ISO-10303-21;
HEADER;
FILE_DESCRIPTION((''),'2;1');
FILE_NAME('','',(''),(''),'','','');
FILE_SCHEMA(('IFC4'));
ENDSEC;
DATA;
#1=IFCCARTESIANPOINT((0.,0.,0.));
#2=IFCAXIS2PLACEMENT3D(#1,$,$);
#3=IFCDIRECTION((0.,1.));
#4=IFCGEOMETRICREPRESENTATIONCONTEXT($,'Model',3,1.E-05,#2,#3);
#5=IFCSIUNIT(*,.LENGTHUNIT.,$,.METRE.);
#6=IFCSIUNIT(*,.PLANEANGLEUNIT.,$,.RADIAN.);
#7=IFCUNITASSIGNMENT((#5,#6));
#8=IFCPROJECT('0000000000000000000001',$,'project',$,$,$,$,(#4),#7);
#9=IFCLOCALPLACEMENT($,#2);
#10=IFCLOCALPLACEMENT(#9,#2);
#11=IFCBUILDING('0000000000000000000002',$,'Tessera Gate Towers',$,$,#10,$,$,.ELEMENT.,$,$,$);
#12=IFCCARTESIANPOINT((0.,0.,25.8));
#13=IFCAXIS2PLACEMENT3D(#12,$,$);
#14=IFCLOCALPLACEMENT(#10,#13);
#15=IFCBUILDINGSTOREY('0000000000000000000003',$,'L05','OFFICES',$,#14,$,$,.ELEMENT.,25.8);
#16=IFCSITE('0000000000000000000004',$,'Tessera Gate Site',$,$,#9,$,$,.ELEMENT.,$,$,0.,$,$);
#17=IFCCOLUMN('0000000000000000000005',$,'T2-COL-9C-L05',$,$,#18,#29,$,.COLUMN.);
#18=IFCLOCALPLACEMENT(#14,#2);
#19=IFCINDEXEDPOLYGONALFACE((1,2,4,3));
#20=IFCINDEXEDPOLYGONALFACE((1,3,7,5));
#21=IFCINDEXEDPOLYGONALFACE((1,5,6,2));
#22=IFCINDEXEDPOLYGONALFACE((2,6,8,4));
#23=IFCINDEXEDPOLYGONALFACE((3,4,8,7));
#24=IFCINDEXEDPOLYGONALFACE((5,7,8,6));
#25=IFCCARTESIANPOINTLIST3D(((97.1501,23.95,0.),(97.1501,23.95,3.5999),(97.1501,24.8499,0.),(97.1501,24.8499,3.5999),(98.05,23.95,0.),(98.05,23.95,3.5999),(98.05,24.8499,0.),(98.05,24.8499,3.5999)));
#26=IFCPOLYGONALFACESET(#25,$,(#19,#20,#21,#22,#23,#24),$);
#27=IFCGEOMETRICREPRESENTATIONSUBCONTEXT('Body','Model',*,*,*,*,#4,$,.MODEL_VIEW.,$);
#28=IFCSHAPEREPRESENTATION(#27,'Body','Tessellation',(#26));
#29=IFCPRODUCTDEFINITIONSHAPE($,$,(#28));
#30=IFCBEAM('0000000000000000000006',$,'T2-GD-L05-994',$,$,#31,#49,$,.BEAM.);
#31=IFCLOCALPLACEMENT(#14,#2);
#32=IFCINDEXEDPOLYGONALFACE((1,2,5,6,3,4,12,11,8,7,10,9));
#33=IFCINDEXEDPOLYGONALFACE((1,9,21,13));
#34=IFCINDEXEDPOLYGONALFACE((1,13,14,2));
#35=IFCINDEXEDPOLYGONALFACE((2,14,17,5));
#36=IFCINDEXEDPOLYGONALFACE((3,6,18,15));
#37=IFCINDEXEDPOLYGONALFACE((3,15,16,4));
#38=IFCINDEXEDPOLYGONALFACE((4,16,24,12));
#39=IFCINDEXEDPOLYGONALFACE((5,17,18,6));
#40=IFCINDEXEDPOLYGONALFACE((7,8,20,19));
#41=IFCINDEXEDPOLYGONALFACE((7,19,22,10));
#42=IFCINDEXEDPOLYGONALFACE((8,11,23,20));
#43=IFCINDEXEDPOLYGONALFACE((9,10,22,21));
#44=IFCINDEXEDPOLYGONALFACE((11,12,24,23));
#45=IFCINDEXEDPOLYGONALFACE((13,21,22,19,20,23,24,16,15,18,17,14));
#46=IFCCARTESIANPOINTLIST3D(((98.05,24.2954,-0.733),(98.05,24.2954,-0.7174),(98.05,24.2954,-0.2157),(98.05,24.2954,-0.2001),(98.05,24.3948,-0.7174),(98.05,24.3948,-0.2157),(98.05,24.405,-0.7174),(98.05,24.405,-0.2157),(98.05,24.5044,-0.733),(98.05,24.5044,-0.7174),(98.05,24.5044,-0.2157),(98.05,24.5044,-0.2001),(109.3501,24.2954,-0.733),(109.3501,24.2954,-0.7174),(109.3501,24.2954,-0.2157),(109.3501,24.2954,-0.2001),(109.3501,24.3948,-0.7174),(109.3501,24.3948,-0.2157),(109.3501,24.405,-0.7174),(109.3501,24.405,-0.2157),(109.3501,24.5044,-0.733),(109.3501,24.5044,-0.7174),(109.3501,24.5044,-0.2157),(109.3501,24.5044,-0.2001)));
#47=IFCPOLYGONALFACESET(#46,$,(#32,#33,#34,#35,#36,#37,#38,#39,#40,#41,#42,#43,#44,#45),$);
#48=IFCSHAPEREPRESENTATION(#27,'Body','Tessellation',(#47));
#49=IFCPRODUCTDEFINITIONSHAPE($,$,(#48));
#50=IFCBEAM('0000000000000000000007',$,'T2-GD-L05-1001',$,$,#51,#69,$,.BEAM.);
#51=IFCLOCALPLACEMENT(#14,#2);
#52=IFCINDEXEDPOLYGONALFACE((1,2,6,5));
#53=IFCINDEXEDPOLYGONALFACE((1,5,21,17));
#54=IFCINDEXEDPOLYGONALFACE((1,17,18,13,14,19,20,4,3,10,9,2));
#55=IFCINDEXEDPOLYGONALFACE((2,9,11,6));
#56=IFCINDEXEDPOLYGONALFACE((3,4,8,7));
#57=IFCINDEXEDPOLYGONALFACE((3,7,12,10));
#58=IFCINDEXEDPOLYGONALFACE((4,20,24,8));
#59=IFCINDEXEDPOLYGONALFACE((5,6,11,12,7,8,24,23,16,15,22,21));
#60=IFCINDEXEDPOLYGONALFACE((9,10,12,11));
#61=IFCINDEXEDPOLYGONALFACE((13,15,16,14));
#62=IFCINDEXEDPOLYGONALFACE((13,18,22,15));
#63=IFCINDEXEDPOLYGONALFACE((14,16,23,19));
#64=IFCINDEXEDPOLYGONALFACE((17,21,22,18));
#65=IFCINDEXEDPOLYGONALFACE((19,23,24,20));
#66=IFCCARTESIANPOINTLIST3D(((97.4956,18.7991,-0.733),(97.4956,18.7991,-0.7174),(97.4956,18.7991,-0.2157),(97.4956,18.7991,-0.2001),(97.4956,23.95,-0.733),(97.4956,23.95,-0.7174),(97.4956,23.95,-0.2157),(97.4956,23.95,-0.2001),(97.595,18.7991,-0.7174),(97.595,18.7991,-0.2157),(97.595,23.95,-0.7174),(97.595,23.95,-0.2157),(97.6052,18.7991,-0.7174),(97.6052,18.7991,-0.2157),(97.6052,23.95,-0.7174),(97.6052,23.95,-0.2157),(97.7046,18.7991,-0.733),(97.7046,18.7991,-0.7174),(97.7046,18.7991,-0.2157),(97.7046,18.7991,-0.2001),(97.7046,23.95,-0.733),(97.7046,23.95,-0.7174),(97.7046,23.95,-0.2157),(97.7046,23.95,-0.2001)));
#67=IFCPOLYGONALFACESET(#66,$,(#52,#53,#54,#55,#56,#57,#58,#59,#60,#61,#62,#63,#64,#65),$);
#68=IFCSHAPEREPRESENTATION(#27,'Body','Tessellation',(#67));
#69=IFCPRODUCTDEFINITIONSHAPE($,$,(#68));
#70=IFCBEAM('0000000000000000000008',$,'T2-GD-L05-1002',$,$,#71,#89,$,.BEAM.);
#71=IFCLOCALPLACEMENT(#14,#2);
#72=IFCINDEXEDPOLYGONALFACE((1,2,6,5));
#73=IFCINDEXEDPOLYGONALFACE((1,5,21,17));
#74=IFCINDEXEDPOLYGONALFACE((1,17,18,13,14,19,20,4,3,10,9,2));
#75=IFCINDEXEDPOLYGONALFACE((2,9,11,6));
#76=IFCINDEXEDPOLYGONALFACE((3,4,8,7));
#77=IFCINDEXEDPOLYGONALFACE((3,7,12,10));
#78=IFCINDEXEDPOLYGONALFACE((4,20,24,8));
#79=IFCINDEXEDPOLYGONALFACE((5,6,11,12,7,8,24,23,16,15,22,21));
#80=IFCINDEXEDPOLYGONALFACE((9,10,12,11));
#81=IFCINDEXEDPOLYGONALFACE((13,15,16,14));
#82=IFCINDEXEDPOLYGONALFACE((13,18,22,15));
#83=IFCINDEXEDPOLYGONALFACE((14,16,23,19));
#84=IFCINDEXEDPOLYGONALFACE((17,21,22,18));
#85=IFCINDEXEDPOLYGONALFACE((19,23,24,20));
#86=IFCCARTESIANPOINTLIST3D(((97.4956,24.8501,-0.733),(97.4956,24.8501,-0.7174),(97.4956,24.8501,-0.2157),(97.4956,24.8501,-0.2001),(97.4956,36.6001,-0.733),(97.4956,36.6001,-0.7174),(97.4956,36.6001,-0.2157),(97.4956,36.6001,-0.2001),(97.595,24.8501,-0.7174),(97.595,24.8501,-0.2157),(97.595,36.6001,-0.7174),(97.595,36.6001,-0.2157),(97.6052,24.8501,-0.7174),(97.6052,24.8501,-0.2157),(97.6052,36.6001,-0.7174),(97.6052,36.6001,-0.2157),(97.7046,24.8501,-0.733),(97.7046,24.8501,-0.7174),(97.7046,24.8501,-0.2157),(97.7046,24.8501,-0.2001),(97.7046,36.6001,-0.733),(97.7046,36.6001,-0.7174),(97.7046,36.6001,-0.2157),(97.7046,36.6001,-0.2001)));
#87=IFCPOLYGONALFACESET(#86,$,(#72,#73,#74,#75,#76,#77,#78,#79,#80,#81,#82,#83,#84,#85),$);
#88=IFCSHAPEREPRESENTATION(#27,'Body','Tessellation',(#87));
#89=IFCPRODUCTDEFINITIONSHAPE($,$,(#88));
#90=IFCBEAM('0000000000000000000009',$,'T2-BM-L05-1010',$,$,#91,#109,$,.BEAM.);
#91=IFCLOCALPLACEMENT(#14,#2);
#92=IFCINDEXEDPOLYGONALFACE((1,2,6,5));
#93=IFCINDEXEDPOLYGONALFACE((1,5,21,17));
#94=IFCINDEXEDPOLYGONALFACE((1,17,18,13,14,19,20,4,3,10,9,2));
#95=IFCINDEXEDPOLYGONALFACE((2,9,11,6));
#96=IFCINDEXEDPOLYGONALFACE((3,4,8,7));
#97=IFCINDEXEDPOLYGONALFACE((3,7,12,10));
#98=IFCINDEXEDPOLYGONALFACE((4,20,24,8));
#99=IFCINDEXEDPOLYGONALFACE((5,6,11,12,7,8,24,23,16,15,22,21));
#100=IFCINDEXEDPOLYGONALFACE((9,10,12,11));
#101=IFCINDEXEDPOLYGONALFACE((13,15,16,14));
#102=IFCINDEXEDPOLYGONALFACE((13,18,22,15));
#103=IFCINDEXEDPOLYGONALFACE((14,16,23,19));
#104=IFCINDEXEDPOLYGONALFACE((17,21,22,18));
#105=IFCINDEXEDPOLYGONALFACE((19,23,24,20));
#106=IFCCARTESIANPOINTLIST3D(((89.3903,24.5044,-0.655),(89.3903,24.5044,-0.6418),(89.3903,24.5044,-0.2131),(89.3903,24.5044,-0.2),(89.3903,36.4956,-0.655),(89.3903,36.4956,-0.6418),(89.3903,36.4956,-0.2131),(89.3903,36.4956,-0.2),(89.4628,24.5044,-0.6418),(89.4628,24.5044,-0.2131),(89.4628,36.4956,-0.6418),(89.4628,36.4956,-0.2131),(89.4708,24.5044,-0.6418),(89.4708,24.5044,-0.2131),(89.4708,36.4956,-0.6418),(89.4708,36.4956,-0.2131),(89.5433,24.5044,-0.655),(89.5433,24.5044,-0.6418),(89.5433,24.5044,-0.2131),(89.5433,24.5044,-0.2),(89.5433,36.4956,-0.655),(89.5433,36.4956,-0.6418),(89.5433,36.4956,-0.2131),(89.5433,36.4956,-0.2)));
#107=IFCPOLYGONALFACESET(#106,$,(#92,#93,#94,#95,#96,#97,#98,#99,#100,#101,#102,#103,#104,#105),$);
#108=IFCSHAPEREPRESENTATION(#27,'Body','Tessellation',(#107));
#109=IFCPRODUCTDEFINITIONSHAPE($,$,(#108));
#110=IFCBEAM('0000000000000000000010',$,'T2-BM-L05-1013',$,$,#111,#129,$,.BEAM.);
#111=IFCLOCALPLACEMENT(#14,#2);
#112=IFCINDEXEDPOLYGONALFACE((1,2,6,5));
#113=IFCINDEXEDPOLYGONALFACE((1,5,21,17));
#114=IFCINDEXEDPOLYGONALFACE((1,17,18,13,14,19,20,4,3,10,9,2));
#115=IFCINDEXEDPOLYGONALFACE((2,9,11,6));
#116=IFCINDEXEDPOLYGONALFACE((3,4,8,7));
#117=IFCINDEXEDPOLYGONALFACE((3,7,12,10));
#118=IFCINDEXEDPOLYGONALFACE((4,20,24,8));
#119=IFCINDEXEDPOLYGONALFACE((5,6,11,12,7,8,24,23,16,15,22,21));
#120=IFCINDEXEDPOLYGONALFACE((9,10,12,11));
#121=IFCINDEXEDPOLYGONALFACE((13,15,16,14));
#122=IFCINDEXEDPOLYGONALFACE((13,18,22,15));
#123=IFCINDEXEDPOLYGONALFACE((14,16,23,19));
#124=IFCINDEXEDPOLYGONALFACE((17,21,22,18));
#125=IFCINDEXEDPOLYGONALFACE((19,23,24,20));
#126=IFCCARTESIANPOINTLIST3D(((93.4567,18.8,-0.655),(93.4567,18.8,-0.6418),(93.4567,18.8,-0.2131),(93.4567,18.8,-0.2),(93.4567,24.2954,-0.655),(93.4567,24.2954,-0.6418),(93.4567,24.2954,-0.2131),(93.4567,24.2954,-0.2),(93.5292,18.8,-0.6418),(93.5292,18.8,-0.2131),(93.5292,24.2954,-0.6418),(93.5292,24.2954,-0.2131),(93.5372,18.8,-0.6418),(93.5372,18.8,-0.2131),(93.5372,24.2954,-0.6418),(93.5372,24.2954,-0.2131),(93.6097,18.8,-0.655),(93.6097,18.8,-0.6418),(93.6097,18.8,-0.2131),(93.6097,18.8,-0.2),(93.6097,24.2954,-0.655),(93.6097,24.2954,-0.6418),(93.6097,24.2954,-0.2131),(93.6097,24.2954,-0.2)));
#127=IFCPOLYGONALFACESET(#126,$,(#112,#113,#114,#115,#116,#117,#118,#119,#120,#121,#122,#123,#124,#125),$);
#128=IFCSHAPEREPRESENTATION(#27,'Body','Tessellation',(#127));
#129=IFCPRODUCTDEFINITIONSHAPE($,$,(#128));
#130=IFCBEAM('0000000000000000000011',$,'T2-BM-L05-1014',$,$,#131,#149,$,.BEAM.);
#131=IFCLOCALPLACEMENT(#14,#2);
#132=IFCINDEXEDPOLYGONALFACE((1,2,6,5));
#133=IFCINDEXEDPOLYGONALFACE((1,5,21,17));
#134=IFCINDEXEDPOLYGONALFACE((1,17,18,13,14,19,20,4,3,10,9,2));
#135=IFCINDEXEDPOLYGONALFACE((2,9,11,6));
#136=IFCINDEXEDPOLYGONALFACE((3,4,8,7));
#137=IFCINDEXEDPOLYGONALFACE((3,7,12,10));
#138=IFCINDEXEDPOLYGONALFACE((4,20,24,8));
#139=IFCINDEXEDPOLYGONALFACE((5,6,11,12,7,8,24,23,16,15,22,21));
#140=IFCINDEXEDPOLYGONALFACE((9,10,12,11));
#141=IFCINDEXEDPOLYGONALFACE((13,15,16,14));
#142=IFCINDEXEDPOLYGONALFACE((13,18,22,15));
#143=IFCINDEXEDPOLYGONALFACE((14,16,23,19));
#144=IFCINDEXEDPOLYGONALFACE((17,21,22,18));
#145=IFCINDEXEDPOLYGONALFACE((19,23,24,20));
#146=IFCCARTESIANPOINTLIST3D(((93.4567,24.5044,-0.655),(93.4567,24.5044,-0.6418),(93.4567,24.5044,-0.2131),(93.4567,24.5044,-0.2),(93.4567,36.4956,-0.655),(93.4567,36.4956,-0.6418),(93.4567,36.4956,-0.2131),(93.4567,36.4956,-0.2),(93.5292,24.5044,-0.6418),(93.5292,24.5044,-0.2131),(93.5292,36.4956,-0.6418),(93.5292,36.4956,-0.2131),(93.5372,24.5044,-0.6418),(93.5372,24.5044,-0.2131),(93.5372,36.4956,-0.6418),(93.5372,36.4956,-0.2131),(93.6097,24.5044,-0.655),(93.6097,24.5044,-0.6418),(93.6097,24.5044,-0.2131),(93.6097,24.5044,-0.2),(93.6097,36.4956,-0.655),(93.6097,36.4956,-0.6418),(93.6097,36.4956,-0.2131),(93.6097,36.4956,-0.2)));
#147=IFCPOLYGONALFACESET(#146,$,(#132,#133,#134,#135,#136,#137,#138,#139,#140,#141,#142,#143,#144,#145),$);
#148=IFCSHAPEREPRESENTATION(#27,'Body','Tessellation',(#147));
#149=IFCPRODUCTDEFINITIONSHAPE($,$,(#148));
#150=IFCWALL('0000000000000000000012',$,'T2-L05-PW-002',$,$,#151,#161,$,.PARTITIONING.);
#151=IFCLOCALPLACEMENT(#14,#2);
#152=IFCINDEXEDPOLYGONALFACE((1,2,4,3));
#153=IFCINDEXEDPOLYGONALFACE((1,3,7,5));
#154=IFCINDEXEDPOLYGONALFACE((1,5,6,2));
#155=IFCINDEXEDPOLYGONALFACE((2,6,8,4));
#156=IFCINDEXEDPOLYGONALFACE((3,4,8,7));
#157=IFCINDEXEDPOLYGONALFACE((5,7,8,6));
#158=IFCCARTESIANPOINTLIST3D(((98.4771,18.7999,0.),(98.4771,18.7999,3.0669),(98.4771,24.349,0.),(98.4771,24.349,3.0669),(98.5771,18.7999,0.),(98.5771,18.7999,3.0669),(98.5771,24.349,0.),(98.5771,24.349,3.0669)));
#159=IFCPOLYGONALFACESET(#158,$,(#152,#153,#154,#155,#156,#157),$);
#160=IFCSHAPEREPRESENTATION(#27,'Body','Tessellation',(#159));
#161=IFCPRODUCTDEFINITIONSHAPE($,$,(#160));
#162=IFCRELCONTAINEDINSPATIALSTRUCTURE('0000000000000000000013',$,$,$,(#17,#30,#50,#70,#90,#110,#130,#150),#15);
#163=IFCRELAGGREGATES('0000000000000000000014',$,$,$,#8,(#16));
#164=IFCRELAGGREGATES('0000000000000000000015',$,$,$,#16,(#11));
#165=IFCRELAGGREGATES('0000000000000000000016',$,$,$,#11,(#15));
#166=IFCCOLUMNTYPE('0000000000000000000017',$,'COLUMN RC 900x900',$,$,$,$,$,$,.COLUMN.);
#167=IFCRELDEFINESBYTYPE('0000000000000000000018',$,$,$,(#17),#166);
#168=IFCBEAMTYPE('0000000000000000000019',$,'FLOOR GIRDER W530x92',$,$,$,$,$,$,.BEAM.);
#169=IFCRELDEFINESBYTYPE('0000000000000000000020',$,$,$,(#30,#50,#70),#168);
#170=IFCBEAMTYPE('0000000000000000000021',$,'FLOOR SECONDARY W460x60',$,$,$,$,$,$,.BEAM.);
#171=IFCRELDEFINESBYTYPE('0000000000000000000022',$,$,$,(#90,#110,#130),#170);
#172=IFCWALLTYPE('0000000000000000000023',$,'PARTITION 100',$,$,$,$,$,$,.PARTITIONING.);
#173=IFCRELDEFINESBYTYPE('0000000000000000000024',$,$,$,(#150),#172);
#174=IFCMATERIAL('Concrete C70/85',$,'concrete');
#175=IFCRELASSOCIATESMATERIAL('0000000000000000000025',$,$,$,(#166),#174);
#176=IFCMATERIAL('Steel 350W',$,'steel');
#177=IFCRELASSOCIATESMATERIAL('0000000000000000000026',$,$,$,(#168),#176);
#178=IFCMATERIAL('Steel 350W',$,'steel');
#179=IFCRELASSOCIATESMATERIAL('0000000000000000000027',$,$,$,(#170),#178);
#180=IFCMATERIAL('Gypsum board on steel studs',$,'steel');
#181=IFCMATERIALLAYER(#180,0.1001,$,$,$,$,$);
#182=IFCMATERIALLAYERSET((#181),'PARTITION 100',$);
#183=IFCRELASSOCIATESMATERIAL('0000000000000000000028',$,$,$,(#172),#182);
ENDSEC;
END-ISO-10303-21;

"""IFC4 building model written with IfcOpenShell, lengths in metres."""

from ifc_helpers import new_model, si_unit, direction, frame, frame_2d, origin, origin_2d, place, context, subcontext, project, spatial, rectangle, i_section, extrude, material, layer, layer_set, material_profile, profile_set, type_object, element, save


model = new_model("IFC4")

# Units and contexts
model_context = context("Model", 3, precision=1e-05, world=origin(), true_north=direction((0.0, 1.0)))
body_context = subcontext(model_context, "Body", "Model", "MODEL_VIEW")
ifc_project = project(units=[si_unit("LENGTHUNIT", "METRE"), si_unit("PLANEANGLEUNIT", "RADIAN")], contexts=[model_context])

# Site, building, storey
site_placement = place(None, origin())
site = spatial("IfcSite", under=ifc_project, at=site_placement, Name="Tessera Gate Site", CompositionType="ELEMENT", RefElevation=0.0)
building_placement = place(site_placement, origin())
building = spatial("IfcBuilding", under=site, at=building_placement, Name="Tessera Gate Towers", CompositionType="ELEMENT")
storey_placement = place(building_placement, frame((0.0, 0.0, 25.8)))
storey = spatial("IfcBuildingStorey", under=building, at=storey_placement, Name="L05", Description="OFFICES", CompositionType="ELEMENT", Elevation=25.8)

# Column
ifc_material_1 = material(Name="Concrete C70/85", Category="concrete")
ifc_material_profile_1 = material_profile(ifc_material_1, rectangle(XDim=0.8999, YDim=0.8999, at=origin_2d()), Name="RC 900x900")
ifc_profile_set_1 = profile_set([ifc_material_profile_1], Name="Concrete C70/85")
column_type = type_object("IfcColumnType", Name="COLUMN RC 900x900", PredefinedType="COLUMN", material=ifc_profile_set_1)
column_placement = place(storey_placement, frame((97.6001, 24.3999, 0.0), z_axis=(0.0, 0.0, 1.0), x_axis=(1.0, 0.0, 0.0)))
element("IfcColumn", 1, at=column_placement, inside=storey, type_object=column_type, Name="T2-COL-9C-L05", PredefinedType="COLUMN", context=body_context, shape_type="SweptSolid", body=[
    extrude(rectangle(XDim=0.8999, YDim=0.8999, at=origin_2d()), origin(), (0.0, 0.0, 1.0), 3.5999),
])

# Beams
ifc_material_2 = material(Name="Steel 350W", Category="steel")
ifc_material_profile_2 = material_profile(ifc_material_2, i_section(OverallWidth=0.209, OverallDepth=0.533, WebThickness=0.0103, FlangeThickness=0.0156, at=origin_2d()), Name="W530x92")
ifc_profile_set_2 = profile_set([ifc_material_profile_2], Name="Steel 350W")
beam_type_1 = type_object("IfcBeamType", Name="FLOOR GIRDER W530x92", PredefinedType="BEAM", material=ifc_profile_set_2)
beam_1_placement = place(storey_placement, frame((98.05, 24.3999, -0.4666), z_axis=(1.0, 0.0, 0.0), x_axis=(0.0, 1.0, 0.0)))
element("IfcBeam", 2, at=beam_1_placement, inside=storey, type_object=beam_type_1, Name="T2-GD-L05-994", PredefinedType="BEAM", context=body_context, shape_type="SweptSolid", body=[
    extrude(i_section(OverallWidth=0.209, OverallDepth=0.533, WebThickness=0.0103, FlangeThickness=0.0156, at=origin_2d()), origin(), (0.0, 0.0, 1.0), 11.3),
])
beam_2_placement = place(storey_placement, frame((97.6001, 18.7991, -0.4666), z_axis=(0.0, 1.0, 0.0), x_axis=(-1.0, 0.0, 0.0)))
element("IfcBeam", 3, at=beam_2_placement, inside=storey, type_object=beam_type_1, Name="T2-GD-L05-1001", PredefinedType="BEAM", context=body_context, shape_type="SweptSolid", body=[
    extrude(i_section(OverallWidth=0.209, OverallDepth=0.533, WebThickness=0.0103, FlangeThickness=0.0156, at=origin_2d()), origin(), (0.0, 0.0, 1.0), 5.1509),
])
beam_3_placement = place(storey_placement, frame((97.6001, 24.8501, -0.4666), z_axis=(0.0, 1.0, 0.0), x_axis=(-1.0, 0.0, 0.0)))
element("IfcBeam", 4, at=beam_3_placement, inside=storey, type_object=beam_type_1, Name="T2-GD-L05-1002", PredefinedType="BEAM", context=body_context, shape_type="SweptSolid", body=[
    extrude(i_section(OverallWidth=0.209, OverallDepth=0.533, WebThickness=0.0103, FlangeThickness=0.0156, at=origin_2d()), origin(), (0.0, 0.0, 1.0), 11.75),
])
ifc_material_3 = material(Name="Steel 350W", Category="steel")
ifc_material_profile_3 = material_profile(ifc_material_3, i_section(OverallWidth=0.1531, OverallDepth=0.4551, WebThickness=0.0081, FlangeThickness=0.0132, at=origin_2d()), Name="W460x60")
ifc_profile_set_3 = profile_set([ifc_material_profile_3], Name="Steel 350W")
beam_type_2 = type_object("IfcBeamType", Name="FLOOR SECONDARY W460x60", PredefinedType="BEAM", material=ifc_profile_set_3)
beam_4_placement = place(storey_placement, frame((89.4668, 24.5044, -0.4275), z_axis=(0.0, 1.0, 0.0), x_axis=(-1.0, 0.0, 0.0)))
element("IfcBeam", 5, at=beam_4_placement, inside=storey, type_object=beam_type_2, Name="T2-BM-L05-1010", PredefinedType="BEAM", context=body_context, shape_type="SweptSolid", body=[
    extrude(i_section(OverallWidth=0.1531, OverallDepth=0.4551, WebThickness=0.0081, FlangeThickness=0.0132, at=origin_2d()), origin(), (0.0, 0.0, 1.0), 11.9912),
])
beam_5_placement = place(storey_placement, frame((93.5332, 18.8, -0.4275), z_axis=(0.0, 1.0, 0.0), x_axis=(-1.0, 0.0, 0.0)))
element("IfcBeam", 6, at=beam_5_placement, inside=storey, type_object=beam_type_2, Name="T2-BM-L05-1013", PredefinedType="BEAM", context=body_context, shape_type="SweptSolid", body=[
    extrude(i_section(OverallWidth=0.1531, OverallDepth=0.4551, WebThickness=0.0081, FlangeThickness=0.0132, at=origin_2d()), origin(), (0.0, 0.0, 1.0), 5.4954),
])
beam_6_placement = place(storey_placement, frame((93.5332, 24.5044, -0.4275), z_axis=(0.0, 1.0, 0.0), x_axis=(-1.0, 0.0, 0.0)))
element("IfcBeam", 7, at=beam_6_placement, inside=storey, type_object=beam_type_2, Name="T2-BM-L05-1014", PredefinedType="BEAM", context=body_context, shape_type="SweptSolid", body=[
    extrude(i_section(OverallWidth=0.1531, OverallDepth=0.4551, WebThickness=0.0081, FlangeThickness=0.0132, at=origin_2d()), origin(), (0.0, 0.0, 1.0), 11.9912),
])

# Wall
ifc_material_4 = material(Name="Gypsum board on steel studs", Category="steel")
ifc_layer_1 = layer(ifc_material_4, 0.1001)
ifc_layer_set_1 = layer_set([ifc_layer_1], Name="PARTITION 100")
wall_type_1 = type_object("IfcWallType", Name="PARTITION 100", PredefinedType="PARTITIONING", material=ifc_layer_set_1)
wall_1_placement = place(storey_placement, frame((98.5271, 18.8, 0.0), z_axis=(0.0, 0.0, 1.0), x_axis=(0.0, 1.0, 0.0)))
element("IfcWall", 8, at=wall_1_placement, inside=storey, type_object=wall_type_1, Name="T2-L05-PW-002", PredefinedType="PARTITIONING", context=body_context, shape_type="SweptSolid", body=[
    extrude(rectangle(XDim=5.5491, YDim=0.1001, at=frame_2d((2.7744, 0.0))), origin(), (0.0, 0.0, 1.0), 3.0669),
])

save(model, "model.ifc")
